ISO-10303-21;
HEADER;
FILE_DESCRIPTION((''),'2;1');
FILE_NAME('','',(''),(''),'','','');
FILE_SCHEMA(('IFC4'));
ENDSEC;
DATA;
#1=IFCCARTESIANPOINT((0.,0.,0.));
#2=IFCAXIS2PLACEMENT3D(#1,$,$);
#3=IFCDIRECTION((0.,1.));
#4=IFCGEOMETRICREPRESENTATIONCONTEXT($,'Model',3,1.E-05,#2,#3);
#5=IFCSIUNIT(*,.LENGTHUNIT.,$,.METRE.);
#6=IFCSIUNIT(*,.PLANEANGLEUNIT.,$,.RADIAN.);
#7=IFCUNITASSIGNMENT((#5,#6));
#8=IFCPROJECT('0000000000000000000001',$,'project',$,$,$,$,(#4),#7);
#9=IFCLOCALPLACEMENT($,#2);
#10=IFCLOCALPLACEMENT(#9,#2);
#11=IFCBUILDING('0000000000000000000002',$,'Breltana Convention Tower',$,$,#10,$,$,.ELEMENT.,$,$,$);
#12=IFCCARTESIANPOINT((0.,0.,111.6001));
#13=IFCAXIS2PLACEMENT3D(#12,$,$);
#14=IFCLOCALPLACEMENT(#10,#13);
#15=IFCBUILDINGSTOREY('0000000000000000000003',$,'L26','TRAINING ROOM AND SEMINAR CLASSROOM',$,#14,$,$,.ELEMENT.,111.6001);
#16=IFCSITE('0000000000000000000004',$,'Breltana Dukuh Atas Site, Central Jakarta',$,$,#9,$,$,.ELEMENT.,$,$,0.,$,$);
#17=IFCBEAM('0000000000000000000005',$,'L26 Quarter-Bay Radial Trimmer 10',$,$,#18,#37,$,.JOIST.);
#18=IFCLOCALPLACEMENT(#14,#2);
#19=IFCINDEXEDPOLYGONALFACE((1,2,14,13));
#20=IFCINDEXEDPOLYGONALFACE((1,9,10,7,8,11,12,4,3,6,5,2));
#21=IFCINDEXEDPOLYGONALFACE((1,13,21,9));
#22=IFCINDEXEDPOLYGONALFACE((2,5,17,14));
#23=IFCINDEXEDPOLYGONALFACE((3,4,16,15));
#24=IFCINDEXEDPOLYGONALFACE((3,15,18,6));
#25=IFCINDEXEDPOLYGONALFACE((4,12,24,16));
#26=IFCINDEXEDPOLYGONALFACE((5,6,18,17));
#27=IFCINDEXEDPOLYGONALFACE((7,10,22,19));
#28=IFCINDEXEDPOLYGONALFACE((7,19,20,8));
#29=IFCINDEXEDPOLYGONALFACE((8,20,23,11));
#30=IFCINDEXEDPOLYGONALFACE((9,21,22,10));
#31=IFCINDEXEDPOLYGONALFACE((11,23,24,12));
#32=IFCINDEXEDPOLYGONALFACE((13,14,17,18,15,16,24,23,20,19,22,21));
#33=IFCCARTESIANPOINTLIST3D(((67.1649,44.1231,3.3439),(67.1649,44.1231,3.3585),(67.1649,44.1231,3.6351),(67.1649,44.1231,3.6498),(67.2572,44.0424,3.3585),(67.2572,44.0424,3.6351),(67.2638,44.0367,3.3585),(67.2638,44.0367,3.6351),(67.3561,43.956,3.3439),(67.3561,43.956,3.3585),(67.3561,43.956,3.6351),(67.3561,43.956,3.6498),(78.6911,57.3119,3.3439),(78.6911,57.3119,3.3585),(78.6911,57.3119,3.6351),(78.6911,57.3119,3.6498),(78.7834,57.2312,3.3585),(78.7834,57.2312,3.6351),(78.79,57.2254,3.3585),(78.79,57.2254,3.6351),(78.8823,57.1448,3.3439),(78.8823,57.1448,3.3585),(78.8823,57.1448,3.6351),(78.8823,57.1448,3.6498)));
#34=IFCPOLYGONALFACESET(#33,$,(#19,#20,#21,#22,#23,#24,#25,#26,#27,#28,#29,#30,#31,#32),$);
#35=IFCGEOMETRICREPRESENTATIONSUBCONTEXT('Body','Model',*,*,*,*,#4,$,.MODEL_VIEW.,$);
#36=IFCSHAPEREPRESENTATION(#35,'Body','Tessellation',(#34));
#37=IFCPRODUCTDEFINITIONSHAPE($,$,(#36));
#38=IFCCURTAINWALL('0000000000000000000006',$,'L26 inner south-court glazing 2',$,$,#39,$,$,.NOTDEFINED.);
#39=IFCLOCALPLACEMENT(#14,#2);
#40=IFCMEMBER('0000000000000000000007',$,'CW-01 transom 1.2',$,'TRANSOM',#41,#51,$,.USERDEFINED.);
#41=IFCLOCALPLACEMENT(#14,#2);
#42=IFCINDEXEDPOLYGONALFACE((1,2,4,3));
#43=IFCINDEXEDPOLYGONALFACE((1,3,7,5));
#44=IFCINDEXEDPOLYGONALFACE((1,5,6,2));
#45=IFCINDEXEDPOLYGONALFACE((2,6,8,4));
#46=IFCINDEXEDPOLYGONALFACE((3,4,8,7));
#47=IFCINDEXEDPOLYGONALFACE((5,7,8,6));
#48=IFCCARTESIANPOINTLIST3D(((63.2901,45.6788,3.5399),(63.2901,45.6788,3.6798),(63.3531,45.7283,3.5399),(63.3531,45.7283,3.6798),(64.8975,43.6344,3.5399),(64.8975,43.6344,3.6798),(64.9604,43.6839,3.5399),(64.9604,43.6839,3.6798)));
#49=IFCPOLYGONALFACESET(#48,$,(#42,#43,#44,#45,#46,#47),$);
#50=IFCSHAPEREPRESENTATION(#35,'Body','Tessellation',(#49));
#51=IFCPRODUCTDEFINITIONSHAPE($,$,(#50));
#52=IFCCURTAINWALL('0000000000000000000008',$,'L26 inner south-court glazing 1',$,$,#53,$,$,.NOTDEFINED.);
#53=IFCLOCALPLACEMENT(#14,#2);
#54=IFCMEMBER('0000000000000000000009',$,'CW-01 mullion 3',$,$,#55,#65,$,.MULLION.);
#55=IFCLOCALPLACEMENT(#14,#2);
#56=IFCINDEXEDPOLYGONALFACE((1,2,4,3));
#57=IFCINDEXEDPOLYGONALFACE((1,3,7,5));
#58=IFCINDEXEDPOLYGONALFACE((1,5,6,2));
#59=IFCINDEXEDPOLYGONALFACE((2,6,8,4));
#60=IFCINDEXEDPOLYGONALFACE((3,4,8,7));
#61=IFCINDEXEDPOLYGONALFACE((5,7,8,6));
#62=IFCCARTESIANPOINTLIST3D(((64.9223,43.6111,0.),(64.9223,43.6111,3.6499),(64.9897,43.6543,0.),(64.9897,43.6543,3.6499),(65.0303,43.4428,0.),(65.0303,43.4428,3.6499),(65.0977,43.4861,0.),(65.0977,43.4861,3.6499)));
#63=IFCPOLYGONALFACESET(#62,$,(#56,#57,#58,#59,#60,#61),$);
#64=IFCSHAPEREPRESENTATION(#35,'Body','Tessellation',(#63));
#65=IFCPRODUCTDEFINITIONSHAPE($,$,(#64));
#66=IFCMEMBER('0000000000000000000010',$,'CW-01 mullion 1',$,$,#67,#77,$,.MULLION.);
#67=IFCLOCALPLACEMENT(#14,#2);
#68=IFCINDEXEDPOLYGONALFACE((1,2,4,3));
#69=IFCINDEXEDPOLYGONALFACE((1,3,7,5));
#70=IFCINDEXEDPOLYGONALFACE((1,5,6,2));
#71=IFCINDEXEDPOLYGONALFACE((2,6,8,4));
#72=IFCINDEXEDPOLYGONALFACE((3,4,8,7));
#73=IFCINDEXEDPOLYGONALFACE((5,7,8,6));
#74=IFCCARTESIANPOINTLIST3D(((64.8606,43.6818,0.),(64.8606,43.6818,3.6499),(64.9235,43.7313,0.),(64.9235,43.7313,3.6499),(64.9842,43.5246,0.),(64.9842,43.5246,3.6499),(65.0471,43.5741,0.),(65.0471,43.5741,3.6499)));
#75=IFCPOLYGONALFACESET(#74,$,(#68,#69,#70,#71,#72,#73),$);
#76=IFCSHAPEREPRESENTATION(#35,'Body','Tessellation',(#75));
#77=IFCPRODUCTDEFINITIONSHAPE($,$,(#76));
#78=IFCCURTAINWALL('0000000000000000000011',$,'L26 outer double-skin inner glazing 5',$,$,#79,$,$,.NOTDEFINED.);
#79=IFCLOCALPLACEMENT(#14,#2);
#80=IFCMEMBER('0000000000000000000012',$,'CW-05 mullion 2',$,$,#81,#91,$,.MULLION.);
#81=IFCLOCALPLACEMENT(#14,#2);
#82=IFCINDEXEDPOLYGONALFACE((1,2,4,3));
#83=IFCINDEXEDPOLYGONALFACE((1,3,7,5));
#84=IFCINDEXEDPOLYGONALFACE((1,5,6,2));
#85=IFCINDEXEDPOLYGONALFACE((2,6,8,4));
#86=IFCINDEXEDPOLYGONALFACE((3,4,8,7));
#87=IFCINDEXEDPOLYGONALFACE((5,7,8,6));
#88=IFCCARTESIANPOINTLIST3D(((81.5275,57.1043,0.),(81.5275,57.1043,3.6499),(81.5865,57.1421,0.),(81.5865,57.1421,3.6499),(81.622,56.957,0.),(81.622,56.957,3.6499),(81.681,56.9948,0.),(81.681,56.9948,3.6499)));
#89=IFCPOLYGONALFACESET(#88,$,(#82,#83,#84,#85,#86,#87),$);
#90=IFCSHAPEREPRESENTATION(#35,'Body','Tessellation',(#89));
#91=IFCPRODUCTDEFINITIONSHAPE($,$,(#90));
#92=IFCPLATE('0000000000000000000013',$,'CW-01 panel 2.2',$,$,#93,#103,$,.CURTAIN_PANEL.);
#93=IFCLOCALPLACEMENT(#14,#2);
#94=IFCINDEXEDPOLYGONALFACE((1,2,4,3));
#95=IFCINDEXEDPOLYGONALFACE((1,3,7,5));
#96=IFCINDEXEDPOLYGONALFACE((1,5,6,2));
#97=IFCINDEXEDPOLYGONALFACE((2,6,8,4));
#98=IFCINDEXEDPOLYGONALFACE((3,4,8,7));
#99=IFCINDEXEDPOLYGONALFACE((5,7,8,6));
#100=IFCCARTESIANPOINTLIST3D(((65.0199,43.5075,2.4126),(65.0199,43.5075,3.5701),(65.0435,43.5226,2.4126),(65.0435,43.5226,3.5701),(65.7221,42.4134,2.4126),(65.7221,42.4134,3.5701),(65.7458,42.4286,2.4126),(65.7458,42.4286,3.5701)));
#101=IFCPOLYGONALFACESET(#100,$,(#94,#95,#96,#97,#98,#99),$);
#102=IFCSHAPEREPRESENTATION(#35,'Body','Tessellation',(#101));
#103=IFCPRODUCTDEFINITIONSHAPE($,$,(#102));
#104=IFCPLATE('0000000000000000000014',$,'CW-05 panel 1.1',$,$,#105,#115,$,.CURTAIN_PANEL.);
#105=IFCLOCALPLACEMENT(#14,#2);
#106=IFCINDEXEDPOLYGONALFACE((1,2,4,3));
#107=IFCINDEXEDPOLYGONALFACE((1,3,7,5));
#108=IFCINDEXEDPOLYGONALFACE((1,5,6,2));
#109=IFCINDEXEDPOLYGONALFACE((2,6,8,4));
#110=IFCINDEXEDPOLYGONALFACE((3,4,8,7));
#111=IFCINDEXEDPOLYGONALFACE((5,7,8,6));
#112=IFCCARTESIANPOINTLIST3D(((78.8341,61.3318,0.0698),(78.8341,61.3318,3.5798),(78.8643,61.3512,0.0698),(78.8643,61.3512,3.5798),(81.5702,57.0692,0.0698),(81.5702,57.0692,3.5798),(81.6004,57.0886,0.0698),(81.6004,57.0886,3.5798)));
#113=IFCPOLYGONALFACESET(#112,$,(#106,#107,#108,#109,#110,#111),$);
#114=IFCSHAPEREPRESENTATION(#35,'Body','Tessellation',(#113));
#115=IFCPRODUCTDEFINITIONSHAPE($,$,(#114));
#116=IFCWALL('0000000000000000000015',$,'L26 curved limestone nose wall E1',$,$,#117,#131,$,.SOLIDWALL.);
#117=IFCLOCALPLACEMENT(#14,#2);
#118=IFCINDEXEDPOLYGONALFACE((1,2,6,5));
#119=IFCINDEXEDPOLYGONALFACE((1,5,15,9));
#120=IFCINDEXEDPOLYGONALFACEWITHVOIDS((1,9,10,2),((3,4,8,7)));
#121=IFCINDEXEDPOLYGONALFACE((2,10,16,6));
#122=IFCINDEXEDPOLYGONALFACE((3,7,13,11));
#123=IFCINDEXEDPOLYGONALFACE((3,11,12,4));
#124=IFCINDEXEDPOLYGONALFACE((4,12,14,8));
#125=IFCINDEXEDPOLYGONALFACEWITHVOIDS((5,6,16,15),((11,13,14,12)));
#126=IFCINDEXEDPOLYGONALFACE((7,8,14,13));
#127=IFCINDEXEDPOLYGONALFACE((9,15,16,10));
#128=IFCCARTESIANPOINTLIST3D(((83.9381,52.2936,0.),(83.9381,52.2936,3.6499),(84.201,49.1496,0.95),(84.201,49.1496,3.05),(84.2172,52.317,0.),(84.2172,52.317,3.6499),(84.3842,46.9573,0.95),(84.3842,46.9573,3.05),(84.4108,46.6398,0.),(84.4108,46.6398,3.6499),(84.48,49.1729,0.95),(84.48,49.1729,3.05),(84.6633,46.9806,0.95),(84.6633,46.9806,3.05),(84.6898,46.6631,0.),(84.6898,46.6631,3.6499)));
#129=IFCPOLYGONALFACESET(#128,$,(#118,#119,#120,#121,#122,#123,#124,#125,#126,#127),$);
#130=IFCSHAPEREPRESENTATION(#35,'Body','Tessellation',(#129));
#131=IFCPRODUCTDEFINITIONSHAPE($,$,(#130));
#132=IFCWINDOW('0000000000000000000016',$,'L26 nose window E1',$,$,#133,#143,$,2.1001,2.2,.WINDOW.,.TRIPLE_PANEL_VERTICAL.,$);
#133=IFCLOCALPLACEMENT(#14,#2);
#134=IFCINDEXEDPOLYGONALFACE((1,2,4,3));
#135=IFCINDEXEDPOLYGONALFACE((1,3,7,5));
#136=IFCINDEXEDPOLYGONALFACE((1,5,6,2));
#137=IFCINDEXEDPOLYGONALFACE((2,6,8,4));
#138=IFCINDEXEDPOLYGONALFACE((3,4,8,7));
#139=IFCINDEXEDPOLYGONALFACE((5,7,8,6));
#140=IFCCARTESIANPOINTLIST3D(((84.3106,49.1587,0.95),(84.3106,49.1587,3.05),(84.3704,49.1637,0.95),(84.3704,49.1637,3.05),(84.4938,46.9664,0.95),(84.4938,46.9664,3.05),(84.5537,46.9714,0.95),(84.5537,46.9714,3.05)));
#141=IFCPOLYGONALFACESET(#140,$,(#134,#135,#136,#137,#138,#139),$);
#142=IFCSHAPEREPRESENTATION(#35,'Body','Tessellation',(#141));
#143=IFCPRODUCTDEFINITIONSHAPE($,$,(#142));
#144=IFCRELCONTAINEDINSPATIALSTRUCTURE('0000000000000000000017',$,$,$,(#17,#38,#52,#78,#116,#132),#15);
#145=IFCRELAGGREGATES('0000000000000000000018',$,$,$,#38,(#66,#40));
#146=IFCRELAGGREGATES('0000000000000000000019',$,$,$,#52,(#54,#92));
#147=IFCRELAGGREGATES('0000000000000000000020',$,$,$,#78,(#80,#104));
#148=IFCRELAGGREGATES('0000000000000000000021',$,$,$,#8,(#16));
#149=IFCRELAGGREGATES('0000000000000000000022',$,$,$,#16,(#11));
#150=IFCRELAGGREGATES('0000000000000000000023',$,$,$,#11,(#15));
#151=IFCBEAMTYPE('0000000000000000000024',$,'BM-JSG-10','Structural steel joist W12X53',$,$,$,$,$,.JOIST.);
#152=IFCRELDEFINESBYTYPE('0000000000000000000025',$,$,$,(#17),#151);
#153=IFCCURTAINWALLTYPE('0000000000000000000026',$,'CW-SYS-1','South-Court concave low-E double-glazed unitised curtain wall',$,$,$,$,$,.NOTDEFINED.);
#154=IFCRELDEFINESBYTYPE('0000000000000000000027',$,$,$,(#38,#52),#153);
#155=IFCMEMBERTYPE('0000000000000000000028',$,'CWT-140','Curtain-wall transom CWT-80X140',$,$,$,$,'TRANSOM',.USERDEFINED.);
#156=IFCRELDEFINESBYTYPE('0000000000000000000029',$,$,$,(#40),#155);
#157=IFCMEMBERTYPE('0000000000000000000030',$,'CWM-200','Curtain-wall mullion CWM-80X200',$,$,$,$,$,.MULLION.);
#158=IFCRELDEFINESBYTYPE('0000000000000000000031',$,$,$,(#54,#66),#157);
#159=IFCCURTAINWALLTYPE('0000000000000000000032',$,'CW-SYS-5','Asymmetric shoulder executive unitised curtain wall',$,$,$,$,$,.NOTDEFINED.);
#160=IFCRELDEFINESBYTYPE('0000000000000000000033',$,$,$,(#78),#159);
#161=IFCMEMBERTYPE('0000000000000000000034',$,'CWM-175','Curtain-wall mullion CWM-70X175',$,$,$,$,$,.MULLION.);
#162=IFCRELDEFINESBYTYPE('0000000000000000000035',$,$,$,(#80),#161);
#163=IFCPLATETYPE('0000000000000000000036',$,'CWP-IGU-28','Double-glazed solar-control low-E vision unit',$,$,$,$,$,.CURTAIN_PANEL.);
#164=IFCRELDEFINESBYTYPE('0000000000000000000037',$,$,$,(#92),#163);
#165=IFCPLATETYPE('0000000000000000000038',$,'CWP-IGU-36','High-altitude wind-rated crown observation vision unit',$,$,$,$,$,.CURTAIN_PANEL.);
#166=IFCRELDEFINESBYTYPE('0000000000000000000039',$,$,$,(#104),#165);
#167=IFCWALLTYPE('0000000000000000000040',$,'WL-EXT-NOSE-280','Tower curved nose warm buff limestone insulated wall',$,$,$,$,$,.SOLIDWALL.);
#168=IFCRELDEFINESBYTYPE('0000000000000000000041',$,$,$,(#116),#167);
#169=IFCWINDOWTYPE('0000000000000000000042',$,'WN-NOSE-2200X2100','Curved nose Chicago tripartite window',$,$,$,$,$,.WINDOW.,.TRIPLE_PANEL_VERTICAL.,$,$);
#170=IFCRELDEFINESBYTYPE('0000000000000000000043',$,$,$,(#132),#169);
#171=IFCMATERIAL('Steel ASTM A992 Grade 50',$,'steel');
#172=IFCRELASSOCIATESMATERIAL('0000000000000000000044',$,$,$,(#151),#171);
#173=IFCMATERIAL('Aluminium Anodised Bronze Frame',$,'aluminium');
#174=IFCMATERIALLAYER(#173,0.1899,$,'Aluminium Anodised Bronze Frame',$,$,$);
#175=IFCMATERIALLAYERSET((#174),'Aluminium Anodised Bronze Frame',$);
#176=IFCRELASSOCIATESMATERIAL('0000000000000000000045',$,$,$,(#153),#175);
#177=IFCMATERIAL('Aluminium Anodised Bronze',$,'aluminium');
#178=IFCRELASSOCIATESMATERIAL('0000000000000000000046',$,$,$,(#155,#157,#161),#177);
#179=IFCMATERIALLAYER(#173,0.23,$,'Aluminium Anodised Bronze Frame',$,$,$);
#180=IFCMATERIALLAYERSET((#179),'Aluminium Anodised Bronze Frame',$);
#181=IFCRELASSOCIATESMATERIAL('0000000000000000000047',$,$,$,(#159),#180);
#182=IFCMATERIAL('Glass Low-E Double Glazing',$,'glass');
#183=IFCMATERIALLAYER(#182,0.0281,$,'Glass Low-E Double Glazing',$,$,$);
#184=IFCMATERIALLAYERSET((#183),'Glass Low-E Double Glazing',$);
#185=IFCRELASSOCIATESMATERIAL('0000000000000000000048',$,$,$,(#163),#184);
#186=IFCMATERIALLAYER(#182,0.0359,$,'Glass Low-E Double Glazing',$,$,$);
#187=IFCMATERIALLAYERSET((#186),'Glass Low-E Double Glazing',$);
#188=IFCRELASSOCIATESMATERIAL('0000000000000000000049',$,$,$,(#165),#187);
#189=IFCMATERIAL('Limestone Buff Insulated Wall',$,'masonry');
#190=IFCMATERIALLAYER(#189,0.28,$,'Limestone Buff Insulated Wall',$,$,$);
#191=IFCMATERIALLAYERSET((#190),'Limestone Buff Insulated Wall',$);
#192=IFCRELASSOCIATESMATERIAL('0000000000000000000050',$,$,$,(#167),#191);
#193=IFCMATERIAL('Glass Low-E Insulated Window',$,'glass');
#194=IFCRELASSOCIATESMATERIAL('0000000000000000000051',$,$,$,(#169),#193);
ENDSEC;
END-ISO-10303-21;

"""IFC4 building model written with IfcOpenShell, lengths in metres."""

from ifc_helpers import new_model, si_unit, direction, frame, frame_2d, origin, origin_2d, place, context, subcontext, project, spatial, rectangle, i_section, extrude, source, transform, mapped, material, layer, layer_set, material_profile, profile_set, type_object, type_shapes, element, fill, aggregate, save


model = new_model("IFC4")

# Units and contexts
model_context = context("Model", 3, precision=1e-05, world=origin(), true_north=direction((0.0, 1.0)))
body_context = subcontext(model_context, "Body", "Model", "MODEL_VIEW")
ifc_project = project(units=[si_unit("LENGTHUNIT", "METRE"), si_unit("PLANEANGLEUNIT", "RADIAN")], contexts=[model_context])

# Site, building, storey
site_placement = place(None, origin())
site = spatial("IfcSite", under=ifc_project, at=site_placement, Name="Breltana Dukuh Atas Site, Central Jakarta", CompositionType="ELEMENT", RefElevation=0.0)
building_placement = place(site_placement, origin())
building = spatial("IfcBuilding", under=site, at=building_placement, Name="Breltana Convention Tower", CompositionType="ELEMENT")
storey_placement = place(building_placement, frame((0.0, 0.0, 111.6001)))
storey = spatial("IfcBuildingStorey", under=building, at=storey_placement, Name="L26", Description="TRAINING ROOM AND SEMINAR CLASSROOM", CompositionType="ELEMENT", Elevation=111.6001)

# Beam
ifc_material_1 = material(Name="Steel ASTM A992 Grade 50", Category="steel")
ifc_material_profile_1 = material_profile(ifc_material_1, i_section(OverallWidth=0.2539, OverallDepth=0.3059, WebThickness=0.0088, FlangeThickness=0.0146, at=origin_2d()), Name="W12X53")
ifc_profile_set_1 = profile_set([ifc_material_profile_1], Name="Steel ASTM A992 Grade 50")
beam_type_1 = type_object("IfcBeamType", Name="BM-JSG-10", Description="Structural steel joist W12X53", PredefinedType="JOIST", material=ifc_profile_set_1)
shared_shape_1 = source(origin(), body_context, "Body", "SweptSolid", [
    extrude(i_section(OverallWidth=0.2539, OverallDepth=0.3059, WebThickness=0.0088, FlangeThickness=0.0146, at=origin_2d()), origin(), (0.0, 0.0, 1.0), 17.5156),
])
beam_1_placement = place(storey_placement, frame((67.2605, 44.0396, 3.4968), z_axis=(0.658052, 0.752973, 0.0), x_axis=(-0.752973, 0.658052, 0.0)))
element("IfcBeam", 1, at=beam_1_placement, inside=storey, type_object=beam_type_1, Name="L26 Quarter-Bay Radial Trimmer 10", PredefinedType="JOIST", context=body_context, shape_type="MappedRepresentation", body=[
    mapped(shared_shape_1, transform((0.0, 0.0, 0.0), scale=1.0)),
])

# Curtain walls, members
ifc_material_2 = material(Name="Aluminium Anodised Bronze Frame", Category="aluminium")
ifc_layer_1 = layer(ifc_material_2, 0.1899, Name="Aluminium Anodised Bronze Frame")
ifc_layer_set_1 = layer_set([ifc_layer_1], Name="Aluminium Anodised Bronze Frame")
curtain_wall_type_1 = type_object("IfcCurtainWallType", Name="CW-SYS-1", Description="South-Court concave low-E double-glazed unitised curtain wall", PredefinedType="NOTDEFINED", material=ifc_layer_set_1)
curtain_wall_1_placement = place(storey_placement, origin())
curtain_wall_1 = element("IfcCurtainWall", 2, at=curtain_wall_1_placement, inside=storey, type_object=curtain_wall_type_1, Name="L26 inner south-court glazing 2", PredefinedType="NOTDEFINED")
ifc_material_3 = material(Name="Aluminium Anodised Bronze", Category="aluminium")
ifc_material_profile_2 = material_profile(ifc_material_3, rectangle(XDim=0.0801, YDim=0.1399, at=origin_2d()), Name="CWT-80X140")
ifc_profile_set_2 = profile_set([ifc_material_profile_2], Name="Aluminium Anodised Bronze")
member_type_1 = type_object("IfcMemberType", Name="CWT-140", Description="Curtain-wall transom CWT-80X140", ElementType="TRANSOM", PredefinedType="USERDEFINED", material=ifc_profile_set_2)
shared_shape_2 = source(origin(), body_context, "Body", "SweptSolid", [
    extrude(rectangle(XDim=0.0801, YDim=0.1399, at=origin_2d()), origin(), (0.0, 0.0, 1.0), 2.6006),
])
member_1_placement = place(storey_placement, frame((64.929, 43.6592, 3.6099), z_axis=(-0.618079, 0.786116, 0.0), x_axis=(-0.786116, -0.618079, 0.0)))
member_1 = element("IfcMember", 3, at=member_1_placement, type_object=member_type_1, Name="CW-01 transom 1.2", ObjectType="TRANSOM", PredefinedType="USERDEFINED", context=body_context, shape_type="MappedRepresentation", body=[
    mapped(shared_shape_2, transform((0.0, 0.0, 0.0), scale=1.0)),
])
curtain_wall_2_placement = place(storey_placement, origin())
curtain_wall_2 = element("IfcCurtainWall", 4, at=curtain_wall_2_placement, inside=storey, type_object=curtain_wall_type_1, Name="L26 inner south-court glazing 1", PredefinedType="NOTDEFINED")
ifc_material_profile_3 = material_profile(ifc_material_3, rectangle(XDim=0.0801, YDim=0.2, at=origin_2d()), Name="CWM-80X200")
ifc_profile_set_3 = profile_set([ifc_material_profile_3], Name="Aluminium Anodised Bronze")
member_type_2 = type_object("IfcMemberType", Name="CWM-200", Description="Curtain-wall mullion CWM-80X200", PredefinedType="MULLION", material=ifc_profile_set_3)
shared_shape_3 = source(origin(), body_context, "Body", "SweptSolid", [
    extrude(rectangle(XDim=0.0801, YDim=0.2, at=origin_2d()), origin(), (0.0, 0.0, 1.0), 3.6499),
])
member_2_placement = place(storey_placement, frame((65.01, 43.5486, 0.0), z_axis=(0.0, 0.0, 1.0), x_axis=(-0.841551, -0.540177, 0.0)))
member_2 = element("IfcMember", 5, at=member_2_placement, type_object=member_type_2, Name="CW-01 mullion 3", PredefinedType="MULLION", context=body_context, shape_type="MappedRepresentation", body=[
    mapped(shared_shape_3, transform((0.0, 0.0, 0.0), scale=1.0)),
])

# Member
member_3_placement = place(storey_placement, frame((64.9539, 43.6279, 0.0), z_axis=(0.0, 0.0, 1.0), x_axis=(-0.786054, -0.618157, 0.0)))
member_3 = element("IfcMember", 6, at=member_3_placement, type_object=member_type_2, Name="CW-01 mullion 1", PredefinedType="MULLION", context=body_context, shape_type="MappedRepresentation", body=[
    mapped(shared_shape_3, transform((0.0, 0.0, 0.0), scale=1.0)),
])
aggregate(curtain_wall_1, [member_3, member_1])

# Curtain wall, member
ifc_layer_2 = layer(ifc_material_2, 0.23, Name="Aluminium Anodised Bronze Frame")
ifc_layer_set_2 = layer_set([ifc_layer_2], Name="Aluminium Anodised Bronze Frame")
curtain_wall_type_2 = type_object("IfcCurtainWallType", Name="CW-SYS-5", Description="Asymmetric shoulder executive unitised curtain wall", PredefinedType="NOTDEFINED", material=ifc_layer_set_2)
curtain_wall_3_placement = place(storey_placement, origin())
curtain_wall_3 = element("IfcCurtainWall", 7, at=curtain_wall_3_placement, inside=storey, type_object=curtain_wall_type_2, Name="L26 outer double-skin inner glazing 5", PredefinedType="NOTDEFINED")
ifc_material_profile_4 = material_profile(ifc_material_3, rectangle(XDim=0.0701, YDim=0.175, at=origin_2d()), Name="CWM-70X175")
ifc_profile_set_4 = profile_set([ifc_material_profile_4], Name="Aluminium Anodised Bronze")
member_type_3 = type_object("IfcMemberType", Name="CWM-175", Description="Curtain-wall mullion CWM-70X175", PredefinedType="MULLION", material=ifc_profile_set_4)
shared_shape_4 = source(origin(), body_context, "Body", "SweptSolid", [
    extrude(rectangle(XDim=0.0701, YDim=0.175, at=origin_2d()), origin(), (0.0, 0.0, 1.0), 3.6499),
])
member_4_placement = place(storey_placement, frame((81.6042, 57.0496, 0.0), z_axis=(0.0, 0.0, 1.0), x_axis=(0.841552, 0.540177, 0.0)))
member_4 = element("IfcMember", 8, at=member_4_placement, type_object=member_type_3, Name="CW-05 mullion 2", PredefinedType="MULLION", context=body_context, shape_type="MappedRepresentation", body=[
    mapped(shared_shape_4, transform((0.0, 0.0, 0.0), scale=1.0)),
])

# Plates
ifc_material_4 = material(Name="Glass Low-E Double Glazing", Category="glass")
ifc_layer_3 = layer(ifc_material_4, 0.0281, Name="Glass Low-E Double Glazing")
ifc_layer_set_3 = layer_set([ifc_layer_3], Name="Glass Low-E Double Glazing")
plate_type_1 = type_object("IfcPlateType", Name="CWP-IGU-28", Description="Double-glazed solar-control low-E vision unit", PredefinedType="CURTAIN_PANEL", material=ifc_layer_set_3)
shared_shape_5 = source(origin(), body_context, "Body", "SweptSolid", [
    extrude(rectangle(XDim=1.3, YDim=0.0281, at=origin_2d()), origin(), (0.0, 0.0, 1.0), 1.1575),
])
plate_1_placement = place(storey_placement, frame((65.3828, 42.968, 2.4126), z_axis=(0.0, 0.0, 1.0), x_axis=(-0.540177, 0.841551, 0.0)))
plate_1 = element("IfcPlate", 9, at=plate_1_placement, type_object=plate_type_1, Name="CW-01 panel 2.2", PredefinedType="CURTAIN_PANEL", context=body_context, shape_type="MappedRepresentation", body=[
    mapped(shared_shape_5, transform((0.0, 0.0, 0.0), scale=1.0)),
])
aggregate(curtain_wall_2, [member_2, plate_1])
ifc_layer_4 = layer(ifc_material_4, 0.0359, Name="Glass Low-E Double Glazing")
ifc_layer_set_4 = layer_set([ifc_layer_4], Name="Glass Low-E Double Glazing")
plate_type_2 = type_object("IfcPlateType", Name="CWP-IGU-36", Description="High-altitude wind-rated crown observation vision unit", PredefinedType="CURTAIN_PANEL", material=ifc_layer_set_4)
shared_shape_6 = source(origin(), body_context, "Body", "SweptSolid", [
    extrude(rectangle(XDim=5.0652, YDim=0.0359, at=origin_2d()), origin(), (0.0, 0.0, 1.0), 3.51),
])
plate_2_placement = place(storey_placement, frame((80.2173, 59.2102, 0.0698), z_axis=(0.0, 0.0, 1.0), x_axis=(0.540177, -0.841552, 0.0)))
plate_2 = element("IfcPlate", 10, at=plate_2_placement, type_object=plate_type_2, Name="CW-05 panel 1.1", PredefinedType="CURTAIN_PANEL", context=body_context, shape_type="MappedRepresentation", body=[
    mapped(shared_shape_6, transform((0.0, 0.0, 0.0), scale=1.0)),
])
aggregate(curtain_wall_3, [member_4, plate_2])

# Wall, opening, window
ifc_material_5 = material(Name="Limestone Buff Insulated Wall", Category="masonry")
ifc_layer_5 = layer(ifc_material_5, 0.28, Name="Limestone Buff Insulated Wall")
ifc_layer_set_5 = layer_set([ifc_layer_5], Name="Limestone Buff Insulated Wall")
wall_type = type_object("IfcWallType", Name="WL-EXT-NOSE-280", Description="Tower curved nose warm buff limestone insulated wall", PredefinedType="SOLIDWALL", material=ifc_layer_set_5)
shared_shape_7 = source(origin(), body_context, "Body", "SweptSolid", [
    extrude(rectangle(XDim=5.6736, YDim=0.28, at=frame_2d((2.8369, 0.0))), origin(), (0.0, 0.0, 1.0), 3.6499),
])
wall_1_placement = place(storey_placement, frame((84.0776, 52.3054, 0.0), z_axis=(0.0, 0.0, 1.0), x_axis=(0.083309, -0.996524, 0.0)))
wall_1 = element("IfcWall", 11, at=wall_1_placement, inside=storey, type_object=wall_type, Name="L26 curved limestone nose wall E1", PredefinedType="SOLIDWALL", context=body_context, shape_type="MappedRepresentation", body=[
    mapped(shared_shape_7, transform((0.0, 0.0, 0.0), scale=1.0)),
])
opening_1_placement = place(wall_1_placement, frame((3.155, 0.0, 0.95)))
opening_1 = element("IfcOpeningElement", 12, at=opening_1_placement, cuts=wall_1, PredefinedType="OPENING", context=body_context, shape_type="SweptSolid", body=[
    extrude(rectangle(XDim=2.2, YDim=2.1001, at=frame_2d((1.1001, 1.05))), frame((0.0, 0.1499, 0.0), z_axis=(0.0, -1.0, 0.0), x_axis=(1.0, 0.0, 0.0)), (0.0, 0.0, 1.0), 0.3),
])
ifc_material_6 = material(Name="Glass Low-E Insulated Window", Category="glass")
window_type = type_object("IfcWindowType", Name="WN-NOSE-2200X2100", Description="Curved nose Chicago tripartite window", PartitioningType="TRIPLE_PANEL_VERTICAL", PredefinedType="WINDOW", material=ifc_material_6)
shared_shape_8 = source(origin(), body_context, "Body", "SweptSolid", [
    extrude(rectangle(XDim=2.2, YDim=2.1001, at=frame_2d((1.1001, 1.05))), frame((0.0, 0.03, 0.0), z_axis=(0.0, -1.0, 0.0), x_axis=(1.0, 0.0, 0.0)), (0.0, 0.0, 1.0), 0.0601),
])
type_shapes(window_type, [shared_shape_8])
window_1_placement = place(opening_1_placement, origin())
window_1 = element("IfcWindow", 13, at=window_1_placement, inside=storey, type_object=window_type, Name="L26 nose window E1", OverallHeight=2.1001, OverallWidth=2.2, PartitioningType="TRIPLE_PANEL_VERTICAL", PredefinedType="WINDOW", context=body_context, shape_type="MappedRepresentation", body=[
    mapped(shared_shape_8, transform((0.0, 0.0, 0.0), scale=1.0)),
])
fill(opening_1, window_1)

save(model, "model.ifc")
